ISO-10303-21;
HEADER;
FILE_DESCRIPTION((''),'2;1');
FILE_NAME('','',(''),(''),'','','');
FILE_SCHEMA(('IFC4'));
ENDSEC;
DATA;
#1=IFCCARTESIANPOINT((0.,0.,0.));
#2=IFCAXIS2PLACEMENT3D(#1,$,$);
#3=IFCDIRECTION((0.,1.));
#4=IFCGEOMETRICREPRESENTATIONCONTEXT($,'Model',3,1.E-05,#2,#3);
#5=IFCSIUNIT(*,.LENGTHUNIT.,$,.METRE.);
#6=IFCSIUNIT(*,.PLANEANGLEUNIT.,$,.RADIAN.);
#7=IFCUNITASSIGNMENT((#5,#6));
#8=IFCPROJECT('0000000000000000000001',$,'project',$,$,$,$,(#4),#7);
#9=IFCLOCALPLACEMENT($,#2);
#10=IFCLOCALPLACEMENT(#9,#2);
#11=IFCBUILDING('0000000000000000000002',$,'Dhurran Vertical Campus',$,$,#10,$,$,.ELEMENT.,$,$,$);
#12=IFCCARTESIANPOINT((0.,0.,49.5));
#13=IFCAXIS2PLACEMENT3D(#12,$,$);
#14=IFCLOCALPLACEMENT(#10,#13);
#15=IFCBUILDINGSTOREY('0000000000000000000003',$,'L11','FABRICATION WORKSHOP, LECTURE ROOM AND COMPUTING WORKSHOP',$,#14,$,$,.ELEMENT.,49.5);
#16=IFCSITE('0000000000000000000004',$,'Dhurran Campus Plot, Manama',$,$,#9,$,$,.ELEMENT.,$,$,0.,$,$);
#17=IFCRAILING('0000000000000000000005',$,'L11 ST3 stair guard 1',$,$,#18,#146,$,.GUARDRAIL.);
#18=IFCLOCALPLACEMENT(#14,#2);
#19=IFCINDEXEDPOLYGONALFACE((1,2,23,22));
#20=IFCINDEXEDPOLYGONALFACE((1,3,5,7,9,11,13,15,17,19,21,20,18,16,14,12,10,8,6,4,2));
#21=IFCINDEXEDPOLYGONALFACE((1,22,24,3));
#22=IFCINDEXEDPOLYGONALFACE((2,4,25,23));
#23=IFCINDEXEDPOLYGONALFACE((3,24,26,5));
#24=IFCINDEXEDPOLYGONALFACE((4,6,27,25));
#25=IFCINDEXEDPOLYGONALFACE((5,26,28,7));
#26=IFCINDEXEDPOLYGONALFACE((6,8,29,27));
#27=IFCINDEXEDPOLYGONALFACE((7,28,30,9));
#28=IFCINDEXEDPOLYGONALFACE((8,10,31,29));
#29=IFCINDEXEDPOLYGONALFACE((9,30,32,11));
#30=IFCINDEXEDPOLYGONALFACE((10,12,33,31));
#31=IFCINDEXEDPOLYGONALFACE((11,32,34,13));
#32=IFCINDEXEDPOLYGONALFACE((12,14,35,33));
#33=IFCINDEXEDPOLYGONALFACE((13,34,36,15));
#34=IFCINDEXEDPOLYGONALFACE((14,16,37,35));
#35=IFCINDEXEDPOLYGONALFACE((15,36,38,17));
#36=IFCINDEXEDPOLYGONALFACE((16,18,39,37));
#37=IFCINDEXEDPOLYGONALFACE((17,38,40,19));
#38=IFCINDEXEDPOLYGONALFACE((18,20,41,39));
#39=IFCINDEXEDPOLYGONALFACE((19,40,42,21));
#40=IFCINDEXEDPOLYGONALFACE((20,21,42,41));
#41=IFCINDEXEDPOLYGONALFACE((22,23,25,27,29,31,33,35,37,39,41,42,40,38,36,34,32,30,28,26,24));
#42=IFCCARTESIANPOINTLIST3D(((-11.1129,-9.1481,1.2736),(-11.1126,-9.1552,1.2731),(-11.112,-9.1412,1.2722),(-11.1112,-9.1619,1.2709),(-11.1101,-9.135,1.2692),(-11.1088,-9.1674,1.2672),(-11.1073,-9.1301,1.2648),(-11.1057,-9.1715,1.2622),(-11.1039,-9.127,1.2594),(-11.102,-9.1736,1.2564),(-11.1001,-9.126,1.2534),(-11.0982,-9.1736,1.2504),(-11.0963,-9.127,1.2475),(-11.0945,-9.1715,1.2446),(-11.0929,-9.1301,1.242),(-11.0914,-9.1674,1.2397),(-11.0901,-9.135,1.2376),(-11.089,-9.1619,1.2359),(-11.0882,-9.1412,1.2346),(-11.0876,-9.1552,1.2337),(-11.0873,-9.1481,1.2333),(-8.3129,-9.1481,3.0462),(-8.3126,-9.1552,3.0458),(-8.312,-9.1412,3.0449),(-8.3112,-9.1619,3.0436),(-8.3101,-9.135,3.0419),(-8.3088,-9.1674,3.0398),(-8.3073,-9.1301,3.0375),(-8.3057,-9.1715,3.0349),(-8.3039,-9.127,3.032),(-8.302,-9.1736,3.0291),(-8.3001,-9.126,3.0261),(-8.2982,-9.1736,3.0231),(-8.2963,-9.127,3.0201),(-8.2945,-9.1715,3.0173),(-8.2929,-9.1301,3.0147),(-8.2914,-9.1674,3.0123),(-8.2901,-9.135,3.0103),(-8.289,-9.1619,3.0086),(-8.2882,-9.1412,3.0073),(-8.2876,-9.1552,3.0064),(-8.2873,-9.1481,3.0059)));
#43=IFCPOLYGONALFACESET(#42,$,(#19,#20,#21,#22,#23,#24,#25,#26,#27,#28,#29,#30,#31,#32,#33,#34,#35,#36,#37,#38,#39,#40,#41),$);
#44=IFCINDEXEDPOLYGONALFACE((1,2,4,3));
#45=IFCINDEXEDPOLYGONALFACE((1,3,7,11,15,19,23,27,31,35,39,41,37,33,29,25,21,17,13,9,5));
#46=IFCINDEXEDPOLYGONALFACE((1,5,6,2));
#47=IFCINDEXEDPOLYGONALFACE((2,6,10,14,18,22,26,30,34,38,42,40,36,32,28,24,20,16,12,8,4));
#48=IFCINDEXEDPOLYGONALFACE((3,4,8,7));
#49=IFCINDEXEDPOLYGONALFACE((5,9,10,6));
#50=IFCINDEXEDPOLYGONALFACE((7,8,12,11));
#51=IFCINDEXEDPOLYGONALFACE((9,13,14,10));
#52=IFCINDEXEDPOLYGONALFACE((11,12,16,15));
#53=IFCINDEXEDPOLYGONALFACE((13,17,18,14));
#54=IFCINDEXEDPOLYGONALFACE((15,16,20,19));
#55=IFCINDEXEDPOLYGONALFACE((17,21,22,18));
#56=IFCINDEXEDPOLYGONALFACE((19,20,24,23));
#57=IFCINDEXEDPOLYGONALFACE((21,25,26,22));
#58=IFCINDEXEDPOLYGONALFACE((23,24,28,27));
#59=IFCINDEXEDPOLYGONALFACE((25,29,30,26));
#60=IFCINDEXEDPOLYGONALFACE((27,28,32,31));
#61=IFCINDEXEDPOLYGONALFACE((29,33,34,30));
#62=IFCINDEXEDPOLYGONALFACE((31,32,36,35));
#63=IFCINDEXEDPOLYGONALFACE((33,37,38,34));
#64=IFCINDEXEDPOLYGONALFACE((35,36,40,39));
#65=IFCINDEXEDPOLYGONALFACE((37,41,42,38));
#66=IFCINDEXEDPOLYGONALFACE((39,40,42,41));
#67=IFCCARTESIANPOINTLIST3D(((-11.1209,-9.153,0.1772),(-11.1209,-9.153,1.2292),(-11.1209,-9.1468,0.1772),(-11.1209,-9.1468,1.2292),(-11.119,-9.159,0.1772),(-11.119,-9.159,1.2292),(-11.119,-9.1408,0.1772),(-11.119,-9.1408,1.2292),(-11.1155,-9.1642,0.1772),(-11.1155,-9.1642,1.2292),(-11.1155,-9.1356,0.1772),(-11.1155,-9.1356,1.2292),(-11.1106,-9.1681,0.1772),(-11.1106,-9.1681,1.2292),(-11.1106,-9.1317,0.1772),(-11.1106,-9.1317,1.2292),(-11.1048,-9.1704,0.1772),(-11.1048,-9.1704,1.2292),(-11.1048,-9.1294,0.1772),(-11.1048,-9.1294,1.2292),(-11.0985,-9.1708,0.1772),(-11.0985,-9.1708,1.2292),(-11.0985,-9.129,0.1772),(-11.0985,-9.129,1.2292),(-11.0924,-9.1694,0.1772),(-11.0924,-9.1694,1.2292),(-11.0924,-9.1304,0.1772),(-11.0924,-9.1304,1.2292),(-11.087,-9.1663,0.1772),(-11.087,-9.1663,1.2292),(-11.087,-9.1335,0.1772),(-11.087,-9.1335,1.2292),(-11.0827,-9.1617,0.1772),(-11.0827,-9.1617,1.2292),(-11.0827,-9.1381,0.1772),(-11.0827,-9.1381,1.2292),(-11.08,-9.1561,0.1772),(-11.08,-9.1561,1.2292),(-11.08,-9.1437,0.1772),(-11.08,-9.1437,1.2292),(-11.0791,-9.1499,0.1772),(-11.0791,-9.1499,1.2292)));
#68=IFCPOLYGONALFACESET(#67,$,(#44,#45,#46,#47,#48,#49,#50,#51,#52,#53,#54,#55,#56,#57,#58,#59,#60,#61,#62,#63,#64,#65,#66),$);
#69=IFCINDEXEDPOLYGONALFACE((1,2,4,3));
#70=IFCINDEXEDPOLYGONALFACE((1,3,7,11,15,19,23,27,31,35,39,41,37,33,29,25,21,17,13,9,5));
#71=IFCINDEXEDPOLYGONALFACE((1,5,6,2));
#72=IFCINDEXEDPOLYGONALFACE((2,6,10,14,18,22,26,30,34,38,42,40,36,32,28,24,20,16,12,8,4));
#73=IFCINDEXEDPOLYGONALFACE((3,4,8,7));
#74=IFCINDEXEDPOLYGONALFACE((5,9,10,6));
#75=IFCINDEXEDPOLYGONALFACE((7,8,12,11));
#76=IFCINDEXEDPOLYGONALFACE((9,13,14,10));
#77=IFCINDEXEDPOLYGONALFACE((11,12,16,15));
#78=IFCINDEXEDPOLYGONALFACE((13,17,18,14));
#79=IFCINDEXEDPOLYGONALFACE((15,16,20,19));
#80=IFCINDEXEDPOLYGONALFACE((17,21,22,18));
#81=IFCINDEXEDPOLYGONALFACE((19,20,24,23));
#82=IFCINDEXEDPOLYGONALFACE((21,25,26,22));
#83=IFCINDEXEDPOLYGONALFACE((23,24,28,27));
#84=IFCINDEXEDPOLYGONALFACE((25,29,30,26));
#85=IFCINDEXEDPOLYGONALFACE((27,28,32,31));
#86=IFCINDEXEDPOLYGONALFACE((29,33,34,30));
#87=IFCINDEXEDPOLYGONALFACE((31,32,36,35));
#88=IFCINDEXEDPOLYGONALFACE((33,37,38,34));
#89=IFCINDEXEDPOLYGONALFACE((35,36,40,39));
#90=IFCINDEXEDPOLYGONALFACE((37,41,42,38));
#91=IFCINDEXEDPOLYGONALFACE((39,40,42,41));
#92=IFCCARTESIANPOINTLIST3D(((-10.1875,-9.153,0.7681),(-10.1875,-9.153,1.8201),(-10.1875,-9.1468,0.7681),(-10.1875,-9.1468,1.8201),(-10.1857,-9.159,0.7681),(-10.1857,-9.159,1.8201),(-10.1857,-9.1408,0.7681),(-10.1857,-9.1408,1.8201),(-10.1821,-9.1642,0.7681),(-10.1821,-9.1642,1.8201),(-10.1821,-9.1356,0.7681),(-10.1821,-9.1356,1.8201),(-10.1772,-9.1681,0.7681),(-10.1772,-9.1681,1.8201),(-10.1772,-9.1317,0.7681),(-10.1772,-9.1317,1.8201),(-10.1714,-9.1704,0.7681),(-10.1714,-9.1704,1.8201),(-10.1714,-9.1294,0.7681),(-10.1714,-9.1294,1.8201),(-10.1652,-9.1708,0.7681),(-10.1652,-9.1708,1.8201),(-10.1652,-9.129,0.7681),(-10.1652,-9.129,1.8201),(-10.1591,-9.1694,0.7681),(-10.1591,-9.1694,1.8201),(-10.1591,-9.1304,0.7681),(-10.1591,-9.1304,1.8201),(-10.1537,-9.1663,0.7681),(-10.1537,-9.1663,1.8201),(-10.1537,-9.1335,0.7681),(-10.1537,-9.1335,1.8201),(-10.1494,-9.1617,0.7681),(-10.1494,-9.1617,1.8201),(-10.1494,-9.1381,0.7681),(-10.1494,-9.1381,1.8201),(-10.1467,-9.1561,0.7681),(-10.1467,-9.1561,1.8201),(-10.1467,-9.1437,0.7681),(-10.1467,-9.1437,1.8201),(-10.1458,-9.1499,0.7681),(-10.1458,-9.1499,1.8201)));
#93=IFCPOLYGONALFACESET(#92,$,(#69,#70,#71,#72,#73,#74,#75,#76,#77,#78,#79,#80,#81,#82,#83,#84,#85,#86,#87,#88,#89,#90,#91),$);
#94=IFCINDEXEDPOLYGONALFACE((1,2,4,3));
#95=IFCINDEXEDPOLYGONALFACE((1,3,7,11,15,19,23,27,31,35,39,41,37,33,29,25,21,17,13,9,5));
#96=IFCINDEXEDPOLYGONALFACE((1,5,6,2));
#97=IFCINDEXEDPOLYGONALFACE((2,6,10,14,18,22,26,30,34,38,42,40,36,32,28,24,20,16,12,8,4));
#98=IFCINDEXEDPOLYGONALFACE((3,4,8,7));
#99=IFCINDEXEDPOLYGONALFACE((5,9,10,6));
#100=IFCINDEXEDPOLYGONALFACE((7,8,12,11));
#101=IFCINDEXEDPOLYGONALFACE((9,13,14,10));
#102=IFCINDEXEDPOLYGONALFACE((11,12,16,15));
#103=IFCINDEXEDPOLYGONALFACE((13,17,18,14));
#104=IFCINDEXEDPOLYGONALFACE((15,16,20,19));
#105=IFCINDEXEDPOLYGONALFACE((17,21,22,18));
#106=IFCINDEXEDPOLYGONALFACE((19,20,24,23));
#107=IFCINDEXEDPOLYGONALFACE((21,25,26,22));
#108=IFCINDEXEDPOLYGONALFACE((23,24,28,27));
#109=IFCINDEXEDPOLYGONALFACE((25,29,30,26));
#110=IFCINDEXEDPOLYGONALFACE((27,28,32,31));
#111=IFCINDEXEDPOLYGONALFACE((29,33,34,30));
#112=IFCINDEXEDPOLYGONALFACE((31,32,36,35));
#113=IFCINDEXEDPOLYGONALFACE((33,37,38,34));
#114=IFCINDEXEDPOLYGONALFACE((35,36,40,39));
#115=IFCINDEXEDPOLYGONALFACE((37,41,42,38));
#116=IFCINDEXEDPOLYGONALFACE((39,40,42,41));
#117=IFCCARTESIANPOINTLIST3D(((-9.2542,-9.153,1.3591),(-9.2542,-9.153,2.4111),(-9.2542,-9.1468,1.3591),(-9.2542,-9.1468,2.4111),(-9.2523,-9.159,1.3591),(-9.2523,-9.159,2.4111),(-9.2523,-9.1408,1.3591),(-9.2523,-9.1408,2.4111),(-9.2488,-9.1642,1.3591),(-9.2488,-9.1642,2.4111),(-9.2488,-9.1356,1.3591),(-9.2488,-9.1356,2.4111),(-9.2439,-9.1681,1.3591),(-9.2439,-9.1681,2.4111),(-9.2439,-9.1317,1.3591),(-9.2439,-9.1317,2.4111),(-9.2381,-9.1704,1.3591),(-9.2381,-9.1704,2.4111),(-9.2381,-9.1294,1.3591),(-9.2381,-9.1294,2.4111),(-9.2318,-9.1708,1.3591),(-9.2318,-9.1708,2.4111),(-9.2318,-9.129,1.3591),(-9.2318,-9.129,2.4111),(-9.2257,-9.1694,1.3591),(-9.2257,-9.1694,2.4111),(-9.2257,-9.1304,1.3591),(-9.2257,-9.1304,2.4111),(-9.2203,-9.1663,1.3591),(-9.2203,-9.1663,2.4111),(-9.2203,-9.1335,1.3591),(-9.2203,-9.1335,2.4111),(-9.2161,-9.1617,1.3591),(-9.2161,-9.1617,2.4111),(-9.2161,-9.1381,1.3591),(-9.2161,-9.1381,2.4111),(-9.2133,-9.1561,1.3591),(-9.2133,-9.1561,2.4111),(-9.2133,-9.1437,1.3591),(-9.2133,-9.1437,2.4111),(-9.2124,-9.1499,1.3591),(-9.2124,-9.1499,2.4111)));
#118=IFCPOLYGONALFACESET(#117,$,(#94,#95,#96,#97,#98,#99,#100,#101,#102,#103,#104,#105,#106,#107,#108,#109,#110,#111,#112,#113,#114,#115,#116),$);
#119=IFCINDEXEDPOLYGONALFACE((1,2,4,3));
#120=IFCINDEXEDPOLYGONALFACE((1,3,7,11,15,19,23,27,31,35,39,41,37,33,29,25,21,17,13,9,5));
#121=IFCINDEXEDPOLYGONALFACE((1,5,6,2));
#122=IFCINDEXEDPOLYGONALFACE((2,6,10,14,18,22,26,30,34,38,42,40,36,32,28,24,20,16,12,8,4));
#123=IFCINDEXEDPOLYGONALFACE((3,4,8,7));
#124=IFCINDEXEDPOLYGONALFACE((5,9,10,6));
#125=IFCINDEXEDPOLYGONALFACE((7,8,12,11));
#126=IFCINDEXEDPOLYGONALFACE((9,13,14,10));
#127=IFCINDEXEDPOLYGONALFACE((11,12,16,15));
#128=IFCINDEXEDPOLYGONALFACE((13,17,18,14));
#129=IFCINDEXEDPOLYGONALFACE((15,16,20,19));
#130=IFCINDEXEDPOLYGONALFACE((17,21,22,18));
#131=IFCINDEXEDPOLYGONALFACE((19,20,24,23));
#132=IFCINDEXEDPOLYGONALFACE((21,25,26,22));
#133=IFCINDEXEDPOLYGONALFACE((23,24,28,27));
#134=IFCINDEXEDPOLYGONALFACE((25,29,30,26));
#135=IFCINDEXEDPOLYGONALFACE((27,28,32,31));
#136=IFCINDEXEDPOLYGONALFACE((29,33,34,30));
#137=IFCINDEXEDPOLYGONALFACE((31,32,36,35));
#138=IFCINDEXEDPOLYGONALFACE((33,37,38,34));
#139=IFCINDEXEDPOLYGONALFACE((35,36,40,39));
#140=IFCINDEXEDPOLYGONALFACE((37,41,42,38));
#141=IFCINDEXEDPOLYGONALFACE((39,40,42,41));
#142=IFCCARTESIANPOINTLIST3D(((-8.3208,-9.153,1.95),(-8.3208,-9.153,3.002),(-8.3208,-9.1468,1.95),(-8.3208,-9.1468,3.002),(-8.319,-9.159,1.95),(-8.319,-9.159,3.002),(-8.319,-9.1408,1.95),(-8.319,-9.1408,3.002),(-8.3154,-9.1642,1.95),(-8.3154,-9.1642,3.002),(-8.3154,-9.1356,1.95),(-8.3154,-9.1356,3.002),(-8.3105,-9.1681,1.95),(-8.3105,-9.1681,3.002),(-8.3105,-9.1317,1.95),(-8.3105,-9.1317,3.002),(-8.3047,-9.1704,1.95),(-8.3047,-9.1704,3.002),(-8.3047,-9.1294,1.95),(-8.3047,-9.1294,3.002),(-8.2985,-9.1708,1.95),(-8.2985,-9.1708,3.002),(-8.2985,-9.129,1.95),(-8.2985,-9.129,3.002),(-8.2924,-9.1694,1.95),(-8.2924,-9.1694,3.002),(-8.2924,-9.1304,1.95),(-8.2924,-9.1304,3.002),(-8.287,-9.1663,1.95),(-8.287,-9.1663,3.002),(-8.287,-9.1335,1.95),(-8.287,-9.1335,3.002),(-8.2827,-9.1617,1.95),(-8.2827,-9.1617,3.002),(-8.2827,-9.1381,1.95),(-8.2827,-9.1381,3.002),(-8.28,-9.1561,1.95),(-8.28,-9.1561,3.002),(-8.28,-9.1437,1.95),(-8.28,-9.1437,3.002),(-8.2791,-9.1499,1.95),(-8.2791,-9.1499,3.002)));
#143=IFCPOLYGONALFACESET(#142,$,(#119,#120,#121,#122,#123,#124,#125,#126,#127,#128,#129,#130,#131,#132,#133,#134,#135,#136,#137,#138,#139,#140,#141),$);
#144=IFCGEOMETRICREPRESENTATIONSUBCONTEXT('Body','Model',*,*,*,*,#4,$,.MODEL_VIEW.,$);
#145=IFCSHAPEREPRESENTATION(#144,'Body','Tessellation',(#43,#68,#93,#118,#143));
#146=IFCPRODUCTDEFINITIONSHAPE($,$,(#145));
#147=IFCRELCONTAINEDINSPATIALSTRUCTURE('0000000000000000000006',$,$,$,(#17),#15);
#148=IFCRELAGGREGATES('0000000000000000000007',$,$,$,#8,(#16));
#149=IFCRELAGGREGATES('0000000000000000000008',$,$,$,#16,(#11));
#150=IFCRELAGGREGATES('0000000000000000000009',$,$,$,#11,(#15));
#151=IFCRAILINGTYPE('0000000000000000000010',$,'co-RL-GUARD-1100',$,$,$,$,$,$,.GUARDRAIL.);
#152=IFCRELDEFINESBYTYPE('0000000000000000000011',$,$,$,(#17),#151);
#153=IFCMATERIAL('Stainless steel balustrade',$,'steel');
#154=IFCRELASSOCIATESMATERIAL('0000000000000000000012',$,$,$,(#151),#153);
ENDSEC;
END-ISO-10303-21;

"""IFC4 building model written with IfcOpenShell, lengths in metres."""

from ifc_helpers import new_model, si_unit, direction, frame, origin, origin_2d, place, context, subcontext, project, spatial, circle, extrude, material, type_object, element, save


model = new_model("IFC4")

# Units and contexts
model_context = context("Model", 3, precision=1e-05, world=origin(), true_north=direction((0.0, 1.0)))
body_context = subcontext(model_context, "Body", "Model", "MODEL_VIEW")
ifc_project = project(units=[si_unit("LENGTHUNIT", "METRE"), si_unit("PLANEANGLEUNIT", "RADIAN")], contexts=[model_context])

# Site, building, storey
site_placement = place(None, origin())
site = spatial("IfcSite", under=ifc_project, at=site_placement, Name="Dhurran Campus Plot, Manama", CompositionType="ELEMENT", RefElevation=0.0)
building_placement = place(site_placement, origin())
building = spatial("IfcBuilding", under=site, at=building_placement, Name="Dhurran Vertical Campus", CompositionType="ELEMENT")
storey_placement = place(building_placement, frame((0.0, 0.0, 49.5)))
storey = spatial("IfcBuildingStorey", under=building, at=storey_placement, Name="L11", Description="FABRICATION WORKSHOP, LECTURE ROOM AND COMPUTING WORKSHOP", CompositionType="ELEMENT", Elevation=49.5)

# Railing
ifc_material_1 = material(Name="Stainless steel balustrade", Category="steel")
railing_type_1 = type_object("IfcRailingType", Name="co-RL-GUARD-1100", PredefinedType="GUARDRAIL", material=ifc_material_1)
railing_1_placement = place(storey_placement, frame((-11.1001, -9.1499, 0.1772)))
element("IfcRailing", 1, at=railing_1_placement, inside=storey, type_object=railing_type_1, Name="L11 ST3 stair guard 1", PredefinedType="GUARDRAIL", context=body_context, shape_type="SweptSolid", body=[
    extrude(circle(Radius=0.0239, at=origin_2d()), frame((0.0, 0.0, 1.0762), z_axis=(0.844909, 0.0, 0.53491), x_axis=(0.0, 1.0, 0.0)), (0.0, 0.0, 1.0), 3.314),
    extrude(circle(Radius=0.021, at=origin_2d()), origin(), (0.0, 0.0, 1.0), 1.052),
    extrude(circle(Radius=0.021, at=origin_2d()), frame((0.9333, 0.0, 0.5908)), (0.0, 0.0, 1.0), 1.052),
    extrude(circle(Radius=0.021, at=origin_2d()), frame((1.8667, 0.0, 1.1819)), (0.0, 0.0, 1.0), 1.052),
    extrude(circle(Radius=0.021, at=origin_2d()), frame((2.8, 0.0, 1.7727)), (0.0, 0.0, 1.0), 1.052),
])

save(model, "model.ifc")
